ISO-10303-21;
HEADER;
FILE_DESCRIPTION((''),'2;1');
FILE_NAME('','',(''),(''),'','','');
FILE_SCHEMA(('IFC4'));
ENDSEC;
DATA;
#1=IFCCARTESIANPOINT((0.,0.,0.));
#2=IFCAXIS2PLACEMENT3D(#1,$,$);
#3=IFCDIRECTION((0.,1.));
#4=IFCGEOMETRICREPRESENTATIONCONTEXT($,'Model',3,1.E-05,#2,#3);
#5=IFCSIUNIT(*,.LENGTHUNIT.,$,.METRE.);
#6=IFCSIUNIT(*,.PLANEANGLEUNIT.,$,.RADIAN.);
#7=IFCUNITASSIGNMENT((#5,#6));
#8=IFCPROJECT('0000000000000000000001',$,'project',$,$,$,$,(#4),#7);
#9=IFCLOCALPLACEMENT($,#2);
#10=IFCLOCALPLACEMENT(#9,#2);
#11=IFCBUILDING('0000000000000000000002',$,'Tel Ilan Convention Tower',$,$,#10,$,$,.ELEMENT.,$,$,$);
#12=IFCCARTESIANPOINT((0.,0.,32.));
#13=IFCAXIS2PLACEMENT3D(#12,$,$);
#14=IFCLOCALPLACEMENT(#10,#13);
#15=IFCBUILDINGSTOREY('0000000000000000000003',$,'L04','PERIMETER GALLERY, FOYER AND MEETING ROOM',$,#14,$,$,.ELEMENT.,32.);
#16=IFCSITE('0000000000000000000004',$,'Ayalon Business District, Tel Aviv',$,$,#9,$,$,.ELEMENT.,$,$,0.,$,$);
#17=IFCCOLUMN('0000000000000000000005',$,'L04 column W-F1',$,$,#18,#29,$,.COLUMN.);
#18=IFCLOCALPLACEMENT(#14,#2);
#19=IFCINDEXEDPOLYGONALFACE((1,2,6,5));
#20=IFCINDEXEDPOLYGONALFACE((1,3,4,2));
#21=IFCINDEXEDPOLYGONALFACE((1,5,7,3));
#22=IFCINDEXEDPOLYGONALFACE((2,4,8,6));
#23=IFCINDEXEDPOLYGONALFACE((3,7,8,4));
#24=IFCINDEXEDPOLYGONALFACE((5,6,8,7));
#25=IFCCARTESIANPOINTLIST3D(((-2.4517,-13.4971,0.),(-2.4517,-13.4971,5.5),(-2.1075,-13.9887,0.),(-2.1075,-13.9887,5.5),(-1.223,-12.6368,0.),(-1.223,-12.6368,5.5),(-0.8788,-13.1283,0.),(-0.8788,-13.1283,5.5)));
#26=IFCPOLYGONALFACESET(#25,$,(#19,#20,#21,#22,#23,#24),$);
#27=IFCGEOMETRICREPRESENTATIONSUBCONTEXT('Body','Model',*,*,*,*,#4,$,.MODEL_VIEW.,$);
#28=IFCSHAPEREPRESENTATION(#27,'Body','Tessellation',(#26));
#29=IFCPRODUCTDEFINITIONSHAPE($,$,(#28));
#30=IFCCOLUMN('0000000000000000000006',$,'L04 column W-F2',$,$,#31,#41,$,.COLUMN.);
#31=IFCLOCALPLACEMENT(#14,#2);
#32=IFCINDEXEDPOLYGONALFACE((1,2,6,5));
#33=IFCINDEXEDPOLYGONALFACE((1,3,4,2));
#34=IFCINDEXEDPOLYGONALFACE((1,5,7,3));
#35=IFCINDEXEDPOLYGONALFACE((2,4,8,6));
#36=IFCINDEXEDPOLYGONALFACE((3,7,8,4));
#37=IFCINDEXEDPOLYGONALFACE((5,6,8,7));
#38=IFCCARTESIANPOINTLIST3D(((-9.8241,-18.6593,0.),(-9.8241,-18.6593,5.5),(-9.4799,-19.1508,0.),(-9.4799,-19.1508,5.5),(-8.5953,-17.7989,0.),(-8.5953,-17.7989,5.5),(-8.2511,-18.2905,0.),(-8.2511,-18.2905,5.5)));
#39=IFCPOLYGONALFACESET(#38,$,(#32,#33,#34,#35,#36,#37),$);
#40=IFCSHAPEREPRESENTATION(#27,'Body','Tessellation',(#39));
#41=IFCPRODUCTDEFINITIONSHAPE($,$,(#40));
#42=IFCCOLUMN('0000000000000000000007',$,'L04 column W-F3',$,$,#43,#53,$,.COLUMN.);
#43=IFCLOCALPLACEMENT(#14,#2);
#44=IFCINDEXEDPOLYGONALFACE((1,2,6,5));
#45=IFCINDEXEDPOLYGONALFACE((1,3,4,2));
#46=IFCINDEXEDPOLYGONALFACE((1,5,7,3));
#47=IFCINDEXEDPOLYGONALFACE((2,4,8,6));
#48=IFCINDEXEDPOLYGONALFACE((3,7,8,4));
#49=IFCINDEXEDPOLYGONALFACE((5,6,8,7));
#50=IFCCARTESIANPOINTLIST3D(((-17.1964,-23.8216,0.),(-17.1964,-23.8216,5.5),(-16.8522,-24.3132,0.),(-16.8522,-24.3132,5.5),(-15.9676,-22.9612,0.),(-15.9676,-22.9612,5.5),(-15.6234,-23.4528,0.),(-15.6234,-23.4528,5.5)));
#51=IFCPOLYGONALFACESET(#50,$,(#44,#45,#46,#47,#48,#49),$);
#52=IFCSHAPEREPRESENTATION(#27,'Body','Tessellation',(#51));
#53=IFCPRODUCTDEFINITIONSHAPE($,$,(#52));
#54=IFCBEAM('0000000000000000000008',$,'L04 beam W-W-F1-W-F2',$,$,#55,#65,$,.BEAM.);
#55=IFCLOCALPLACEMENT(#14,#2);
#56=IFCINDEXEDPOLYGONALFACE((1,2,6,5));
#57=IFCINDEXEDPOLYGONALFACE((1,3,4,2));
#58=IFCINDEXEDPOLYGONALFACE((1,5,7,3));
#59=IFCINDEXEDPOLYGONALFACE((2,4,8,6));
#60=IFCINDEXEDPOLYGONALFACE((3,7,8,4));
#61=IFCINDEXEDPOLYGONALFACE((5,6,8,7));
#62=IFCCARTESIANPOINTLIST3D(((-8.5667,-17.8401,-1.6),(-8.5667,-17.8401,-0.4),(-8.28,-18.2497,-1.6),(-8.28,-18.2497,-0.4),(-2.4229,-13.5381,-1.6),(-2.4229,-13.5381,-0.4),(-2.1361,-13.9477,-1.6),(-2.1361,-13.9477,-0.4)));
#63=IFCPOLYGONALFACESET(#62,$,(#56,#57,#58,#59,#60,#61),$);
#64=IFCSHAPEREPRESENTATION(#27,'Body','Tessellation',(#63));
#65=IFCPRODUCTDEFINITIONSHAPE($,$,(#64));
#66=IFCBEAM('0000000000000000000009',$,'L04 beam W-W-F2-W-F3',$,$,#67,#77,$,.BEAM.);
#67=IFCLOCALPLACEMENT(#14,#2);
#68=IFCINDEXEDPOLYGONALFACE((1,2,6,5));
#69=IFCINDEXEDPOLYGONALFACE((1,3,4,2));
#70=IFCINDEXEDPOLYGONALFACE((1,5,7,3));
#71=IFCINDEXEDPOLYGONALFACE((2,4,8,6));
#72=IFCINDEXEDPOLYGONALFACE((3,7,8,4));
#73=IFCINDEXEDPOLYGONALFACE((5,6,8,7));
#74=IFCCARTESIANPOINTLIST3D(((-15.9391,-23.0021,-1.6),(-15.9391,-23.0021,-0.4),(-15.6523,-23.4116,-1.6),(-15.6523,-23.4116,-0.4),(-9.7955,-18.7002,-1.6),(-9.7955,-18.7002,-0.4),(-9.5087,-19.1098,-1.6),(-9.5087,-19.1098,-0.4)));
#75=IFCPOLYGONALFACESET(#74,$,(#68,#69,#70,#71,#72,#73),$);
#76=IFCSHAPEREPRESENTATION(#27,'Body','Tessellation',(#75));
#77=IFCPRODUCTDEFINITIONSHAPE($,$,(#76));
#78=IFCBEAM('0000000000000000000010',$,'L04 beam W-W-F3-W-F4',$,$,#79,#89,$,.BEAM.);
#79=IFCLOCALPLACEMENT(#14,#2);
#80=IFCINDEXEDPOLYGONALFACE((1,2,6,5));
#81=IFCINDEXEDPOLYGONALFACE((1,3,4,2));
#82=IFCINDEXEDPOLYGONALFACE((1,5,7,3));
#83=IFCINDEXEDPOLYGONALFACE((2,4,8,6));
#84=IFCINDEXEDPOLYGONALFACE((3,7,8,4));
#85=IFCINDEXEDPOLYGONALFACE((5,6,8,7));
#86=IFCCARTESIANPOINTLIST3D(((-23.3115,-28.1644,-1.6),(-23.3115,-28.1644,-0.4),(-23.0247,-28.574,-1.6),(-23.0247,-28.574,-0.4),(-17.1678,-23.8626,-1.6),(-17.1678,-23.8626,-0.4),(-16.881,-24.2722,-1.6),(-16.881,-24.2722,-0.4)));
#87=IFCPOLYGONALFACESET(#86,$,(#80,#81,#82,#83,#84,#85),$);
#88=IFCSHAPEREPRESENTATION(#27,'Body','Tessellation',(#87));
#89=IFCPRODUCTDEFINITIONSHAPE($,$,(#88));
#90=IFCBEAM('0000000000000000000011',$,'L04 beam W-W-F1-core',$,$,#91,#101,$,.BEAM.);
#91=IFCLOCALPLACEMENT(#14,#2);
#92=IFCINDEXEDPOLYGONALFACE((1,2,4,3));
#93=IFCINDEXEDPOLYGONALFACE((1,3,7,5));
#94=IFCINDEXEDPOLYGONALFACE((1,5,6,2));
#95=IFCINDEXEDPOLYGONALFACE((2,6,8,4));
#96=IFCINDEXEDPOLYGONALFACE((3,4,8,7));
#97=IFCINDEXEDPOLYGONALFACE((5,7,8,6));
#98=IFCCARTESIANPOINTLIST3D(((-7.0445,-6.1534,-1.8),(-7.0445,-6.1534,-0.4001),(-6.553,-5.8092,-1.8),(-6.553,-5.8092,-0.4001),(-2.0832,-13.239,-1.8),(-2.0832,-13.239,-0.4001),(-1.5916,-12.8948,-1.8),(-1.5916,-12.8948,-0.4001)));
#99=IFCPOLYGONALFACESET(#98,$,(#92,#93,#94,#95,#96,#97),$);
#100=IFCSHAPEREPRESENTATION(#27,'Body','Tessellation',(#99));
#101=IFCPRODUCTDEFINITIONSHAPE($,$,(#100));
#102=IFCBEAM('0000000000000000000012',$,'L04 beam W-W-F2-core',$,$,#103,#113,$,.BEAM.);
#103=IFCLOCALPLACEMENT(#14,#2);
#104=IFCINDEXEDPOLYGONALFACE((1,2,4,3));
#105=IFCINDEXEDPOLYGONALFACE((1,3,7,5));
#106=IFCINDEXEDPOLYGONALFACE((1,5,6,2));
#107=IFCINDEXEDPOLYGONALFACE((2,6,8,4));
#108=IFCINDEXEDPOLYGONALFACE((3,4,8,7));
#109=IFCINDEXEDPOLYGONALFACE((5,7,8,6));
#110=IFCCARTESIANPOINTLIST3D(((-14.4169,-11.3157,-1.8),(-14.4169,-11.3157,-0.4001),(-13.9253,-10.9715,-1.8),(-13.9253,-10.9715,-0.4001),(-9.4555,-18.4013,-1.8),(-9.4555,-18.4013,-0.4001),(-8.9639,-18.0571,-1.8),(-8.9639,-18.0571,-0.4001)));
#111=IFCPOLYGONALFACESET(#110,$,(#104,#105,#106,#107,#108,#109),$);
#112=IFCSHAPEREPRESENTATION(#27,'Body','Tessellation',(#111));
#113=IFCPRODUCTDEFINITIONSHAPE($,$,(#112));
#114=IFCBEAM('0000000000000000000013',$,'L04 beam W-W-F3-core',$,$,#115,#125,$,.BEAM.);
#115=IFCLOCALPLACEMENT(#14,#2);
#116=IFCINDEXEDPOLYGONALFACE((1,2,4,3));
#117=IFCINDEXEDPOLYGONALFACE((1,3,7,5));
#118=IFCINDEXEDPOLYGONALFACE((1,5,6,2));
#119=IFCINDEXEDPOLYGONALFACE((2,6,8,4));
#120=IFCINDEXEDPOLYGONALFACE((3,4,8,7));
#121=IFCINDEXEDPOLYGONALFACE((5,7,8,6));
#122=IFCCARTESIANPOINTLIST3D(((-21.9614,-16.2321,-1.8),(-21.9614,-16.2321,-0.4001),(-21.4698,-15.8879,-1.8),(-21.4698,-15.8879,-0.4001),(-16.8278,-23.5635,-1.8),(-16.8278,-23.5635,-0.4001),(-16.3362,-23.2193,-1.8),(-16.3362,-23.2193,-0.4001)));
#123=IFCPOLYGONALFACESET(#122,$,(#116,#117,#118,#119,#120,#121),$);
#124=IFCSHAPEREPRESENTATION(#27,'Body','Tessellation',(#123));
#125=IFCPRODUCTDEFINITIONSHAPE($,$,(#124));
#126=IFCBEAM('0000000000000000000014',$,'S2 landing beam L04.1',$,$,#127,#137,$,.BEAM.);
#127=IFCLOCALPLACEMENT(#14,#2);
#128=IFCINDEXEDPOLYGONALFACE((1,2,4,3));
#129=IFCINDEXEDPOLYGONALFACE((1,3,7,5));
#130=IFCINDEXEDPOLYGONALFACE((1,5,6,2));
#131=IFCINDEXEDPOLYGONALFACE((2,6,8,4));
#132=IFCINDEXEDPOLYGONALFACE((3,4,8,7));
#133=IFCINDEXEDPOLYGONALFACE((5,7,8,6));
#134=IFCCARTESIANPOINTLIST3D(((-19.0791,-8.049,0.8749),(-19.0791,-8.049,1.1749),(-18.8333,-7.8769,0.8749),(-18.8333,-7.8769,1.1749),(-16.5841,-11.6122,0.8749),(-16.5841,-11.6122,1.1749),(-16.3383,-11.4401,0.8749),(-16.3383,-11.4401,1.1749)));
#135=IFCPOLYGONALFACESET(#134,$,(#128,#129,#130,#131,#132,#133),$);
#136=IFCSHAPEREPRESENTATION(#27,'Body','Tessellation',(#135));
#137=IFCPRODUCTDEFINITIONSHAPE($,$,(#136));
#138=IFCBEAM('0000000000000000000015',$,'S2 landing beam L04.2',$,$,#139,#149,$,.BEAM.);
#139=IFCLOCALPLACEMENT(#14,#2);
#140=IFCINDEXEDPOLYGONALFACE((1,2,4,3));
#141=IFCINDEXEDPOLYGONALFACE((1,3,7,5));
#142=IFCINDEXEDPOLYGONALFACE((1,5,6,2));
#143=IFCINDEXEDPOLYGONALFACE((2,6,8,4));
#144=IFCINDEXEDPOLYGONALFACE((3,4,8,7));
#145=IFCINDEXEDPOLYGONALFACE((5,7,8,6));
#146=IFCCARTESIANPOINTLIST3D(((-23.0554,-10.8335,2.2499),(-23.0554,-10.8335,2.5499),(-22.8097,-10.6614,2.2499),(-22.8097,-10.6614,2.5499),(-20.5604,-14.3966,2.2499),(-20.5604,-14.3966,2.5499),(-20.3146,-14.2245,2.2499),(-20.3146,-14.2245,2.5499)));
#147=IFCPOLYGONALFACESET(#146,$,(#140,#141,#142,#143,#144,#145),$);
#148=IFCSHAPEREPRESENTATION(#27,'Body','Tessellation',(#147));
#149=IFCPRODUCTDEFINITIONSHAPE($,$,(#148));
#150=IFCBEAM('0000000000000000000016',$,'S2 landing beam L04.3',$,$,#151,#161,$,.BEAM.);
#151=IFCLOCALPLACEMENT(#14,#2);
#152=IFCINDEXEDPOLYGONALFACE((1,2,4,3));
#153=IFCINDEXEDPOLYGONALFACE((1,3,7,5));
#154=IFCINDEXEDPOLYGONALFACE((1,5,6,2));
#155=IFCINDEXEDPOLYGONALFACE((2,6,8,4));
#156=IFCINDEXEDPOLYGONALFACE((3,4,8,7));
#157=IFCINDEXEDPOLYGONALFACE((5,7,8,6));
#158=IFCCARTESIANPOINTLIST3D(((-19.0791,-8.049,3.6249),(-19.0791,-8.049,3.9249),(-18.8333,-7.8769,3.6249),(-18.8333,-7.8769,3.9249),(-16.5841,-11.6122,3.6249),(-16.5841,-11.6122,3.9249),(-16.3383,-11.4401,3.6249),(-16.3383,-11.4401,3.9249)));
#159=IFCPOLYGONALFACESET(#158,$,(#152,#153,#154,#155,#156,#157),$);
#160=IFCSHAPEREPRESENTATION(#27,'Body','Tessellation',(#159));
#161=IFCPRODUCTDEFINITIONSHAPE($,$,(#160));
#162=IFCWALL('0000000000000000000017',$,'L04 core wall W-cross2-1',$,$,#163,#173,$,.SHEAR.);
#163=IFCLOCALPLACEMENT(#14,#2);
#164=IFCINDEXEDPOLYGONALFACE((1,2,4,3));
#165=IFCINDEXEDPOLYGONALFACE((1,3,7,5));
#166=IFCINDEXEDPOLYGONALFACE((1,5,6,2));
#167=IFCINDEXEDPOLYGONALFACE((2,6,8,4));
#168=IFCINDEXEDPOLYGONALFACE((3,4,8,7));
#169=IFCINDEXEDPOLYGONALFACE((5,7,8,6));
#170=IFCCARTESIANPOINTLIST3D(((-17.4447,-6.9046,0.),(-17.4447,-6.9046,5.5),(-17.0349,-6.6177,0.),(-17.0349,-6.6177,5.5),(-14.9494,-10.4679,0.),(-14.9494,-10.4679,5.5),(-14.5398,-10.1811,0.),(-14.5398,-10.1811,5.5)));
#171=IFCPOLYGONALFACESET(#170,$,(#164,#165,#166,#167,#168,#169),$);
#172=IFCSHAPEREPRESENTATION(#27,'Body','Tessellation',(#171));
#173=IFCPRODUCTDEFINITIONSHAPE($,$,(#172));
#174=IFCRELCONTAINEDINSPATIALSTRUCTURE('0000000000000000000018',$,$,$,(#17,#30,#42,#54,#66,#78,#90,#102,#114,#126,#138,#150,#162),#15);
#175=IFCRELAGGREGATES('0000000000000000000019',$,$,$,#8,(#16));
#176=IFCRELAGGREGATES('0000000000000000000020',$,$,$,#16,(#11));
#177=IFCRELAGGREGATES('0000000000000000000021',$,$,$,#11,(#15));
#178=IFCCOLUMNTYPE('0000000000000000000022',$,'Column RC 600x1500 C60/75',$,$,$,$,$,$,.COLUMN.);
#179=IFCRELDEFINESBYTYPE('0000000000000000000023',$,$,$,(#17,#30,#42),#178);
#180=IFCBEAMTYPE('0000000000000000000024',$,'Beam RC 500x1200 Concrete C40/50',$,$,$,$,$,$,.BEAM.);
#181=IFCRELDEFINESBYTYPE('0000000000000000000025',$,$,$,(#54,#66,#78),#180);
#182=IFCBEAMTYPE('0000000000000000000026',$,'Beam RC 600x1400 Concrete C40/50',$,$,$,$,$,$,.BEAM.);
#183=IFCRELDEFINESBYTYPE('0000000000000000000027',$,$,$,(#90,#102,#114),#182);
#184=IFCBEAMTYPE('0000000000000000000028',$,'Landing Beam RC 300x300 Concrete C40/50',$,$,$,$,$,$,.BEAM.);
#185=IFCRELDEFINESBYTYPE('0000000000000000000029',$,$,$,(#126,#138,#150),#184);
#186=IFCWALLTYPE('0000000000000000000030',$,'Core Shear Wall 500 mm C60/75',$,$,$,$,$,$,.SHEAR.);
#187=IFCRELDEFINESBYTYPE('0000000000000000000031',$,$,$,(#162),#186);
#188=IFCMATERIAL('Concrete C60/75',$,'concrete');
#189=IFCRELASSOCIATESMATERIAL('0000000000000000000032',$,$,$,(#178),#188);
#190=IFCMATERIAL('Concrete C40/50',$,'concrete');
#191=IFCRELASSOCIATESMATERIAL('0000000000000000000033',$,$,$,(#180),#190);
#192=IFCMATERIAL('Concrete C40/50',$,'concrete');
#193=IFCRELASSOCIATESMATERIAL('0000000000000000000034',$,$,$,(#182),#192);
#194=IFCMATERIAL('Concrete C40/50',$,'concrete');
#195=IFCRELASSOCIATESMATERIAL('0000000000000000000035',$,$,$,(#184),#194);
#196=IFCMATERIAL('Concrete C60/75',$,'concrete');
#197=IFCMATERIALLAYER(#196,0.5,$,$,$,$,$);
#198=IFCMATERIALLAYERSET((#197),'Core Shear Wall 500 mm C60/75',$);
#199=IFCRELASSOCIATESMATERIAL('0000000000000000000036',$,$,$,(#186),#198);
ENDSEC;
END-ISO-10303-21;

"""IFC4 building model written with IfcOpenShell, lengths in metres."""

from ifc_helpers import new_model, si_unit, direction, frame, origin, origin_2d, place, context, subcontext, project, spatial, polyline, rectangle, outline, extrude, material, layer, layer_set, material_profile, profile_set, type_object, element, save


model = new_model("IFC4")

# Units and contexts
model_context = context("Model", 3, precision=1e-05, world=origin(), true_north=direction((0.0, 1.0)))
body_context = subcontext(model_context, "Body", "Model", "MODEL_VIEW")
ifc_project = project(units=[si_unit("LENGTHUNIT", "METRE"), si_unit("PLANEANGLEUNIT", "RADIAN")], contexts=[model_context])

# Site, building, storey
site_placement = place(None, origin())
site = spatial("IfcSite", under=ifc_project, at=site_placement, Name="Ayalon Business District, Tel Aviv", CompositionType="ELEMENT", RefElevation=0.0)
building_placement = place(site_placement, origin())
building = spatial("IfcBuilding", under=site, at=building_placement, Name="Tel Ilan Convention Tower", CompositionType="ELEMENT")
storey_placement = place(building_placement, frame((0.0, 0.0, 32.0)))
storey = spatial("IfcBuildingStorey", under=building, at=storey_placement, Name="L04", Description="PERIMETER GALLERY, FOYER AND MEETING ROOM", CompositionType="ELEMENT", Elevation=32.0)

# Columns
ifc_material_1 = material(Name="Concrete C60/75", Category="concrete")
ifc_material_profile_1 = material_profile(ifc_material_1, rectangle(XDim=1.5, YDim=0.6001, at=origin_2d()), Name="RC 600x1500")
ifc_profile_set_1 = profile_set([ifc_material_profile_1], Name="Concrete C60/75")
column_type = type_object("IfcColumnType", Name="Column RC 600x1500 C60/75", PredefinedType="COLUMN", material=ifc_profile_set_1)
for number, where, z_axis, x_axis, name in (
    (1, (-1.6653, -13.3127, 0.0), (0.0, 0.0, 1.0), (-0.819152, -0.573576, 0.0), "L04 column W-F1"),
    (2, (-9.0376, -18.4749, 0.0), (0.0, 0.0, 1.0), (-0.819152, -0.573576, 0.0), "L04 column W-F2"),
    (3, (-16.4099, -23.6372, 0.0), (0.0, 0.0, 1.0), (-0.819152, -0.573576, 0.0), "L04 column W-F3"),
):
    element("IfcColumn", number, at=place(storey_placement, frame(where, z_axis=z_axis, x_axis=x_axis)), inside=storey, type_object=column_type, Name=name, PredefinedType="COLUMN", context=body_context, shape_type="SweptSolid", body=[
        extrude(rectangle(XDim=1.5, YDim=0.6001, at=origin_2d()), origin(), (0.0, 0.0, 1.0), 5.5),
    ])

# Beams
ifc_material_2 = material(Name="Concrete C40/50", Category="concrete")
ifc_material_profile_2 = material_profile(ifc_material_2, rectangle(XDim=0.5, YDim=1.2, at=origin_2d()), Name="RC 500x1200")
ifc_profile_set_2 = profile_set([ifc_material_profile_2], Name="Concrete C40/50")
beam_type_1 = type_object("IfcBeamType", Name="Beam RC 500x1200 Concrete C40/50", PredefinedType="BEAM", material=ifc_profile_set_2)
beam_1_placement = place(storey_placement, frame((-2.2795, -13.7429, -1.0), z_axis=(-0.819148, -0.573582, 0.0), x_axis=(0.573582, -0.819148, 0.0)))
element("IfcBeam", 4, at=beam_1_placement, inside=storey, type_object=beam_type_1, Name="L04 beam W-W-F1-W-F2", PredefinedType="BEAM", context=body_context, shape_type="SweptSolid", body=[
    extrude(rectangle(XDim=0.5, YDim=1.2, at=origin_2d()), origin(), (0.0, 0.0, 1.0), 7.5002),
])
for number, where, z_axis, x_axis, name in (
    (5, (-9.6521, -18.905, -1.0), (-0.819152, -0.573576, 0.0), (0.573576, -0.819152, 0.0), "L04 beam W-W-F2-W-F3"),
    (6, (-17.0244, -24.0674, -1.0), (-0.819152, -0.573576, 0.0), (0.573576, -0.819152, 0.0), "L04 beam W-W-F3-W-F4"),
):
    element("IfcBeam", number, at=place(storey_placement, frame(where, z_axis=z_axis, x_axis=x_axis)), inside=storey, type_object=beam_type_1, Name=name, PredefinedType="BEAM", context=body_context, shape_type="SweptSolid", body=[
        extrude(rectangle(XDim=0.5, YDim=1.2, at=origin_2d()), origin(), (0.0, 0.0, 1.0), 7.5),
    ])
ifc_material_3 = material(Name="Concrete C40/50", Category="concrete")
ifc_material_profile_3 = material_profile(ifc_material_3, rectangle(XDim=0.6001, YDim=1.3999, at=origin_2d()), Name="RC 600x1400")
ifc_profile_set_3 = profile_set([ifc_material_profile_3], Name="Concrete C40/50")
beam_type_2 = type_object("IfcBeamType", Name="Beam RC 600x1400 Concrete C40/50", PredefinedType="BEAM", material=ifc_profile_set_3)
for number, where, z_axis, x_axis, name in (
    (7, (-1.8374, -13.0669, -1.1001), (-0.573574, 0.819154, 0.0), (-0.819154, -0.573574, 0.0), "L04 beam W-W-F1-core"),
    (8, (-9.2097, -18.2292, -1.1001), (-0.573574, 0.819154, 0.0), (-0.819154, -0.573574, 0.0), "L04 beam W-W-F2-core"),
):
    element("IfcBeam", number, at=place(storey_placement, frame(where, z_axis=z_axis, x_axis=x_axis)), inside=storey, type_object=beam_type_2, Name=name, PredefinedType="BEAM", context=body_context, shape_type="SweptSolid", body=[
        extrude(rectangle(XDim=0.6001, YDim=1.3999, at=origin_2d()), origin(), (0.0, 0.0, 1.0), 8.6499),
    ])
beam_2_placement = place(storey_placement, frame((-16.582, -23.3914, -1.1001), z_axis=(-0.573585, 0.819146, 0.0), x_axis=(-0.819146, -0.573585, 0.0)))
element("IfcBeam", 9, at=beam_2_placement, inside=storey, type_object=beam_type_2, Name="L04 beam W-W-F3-core", PredefinedType="BEAM", context=body_context, shape_type="SweptSolid", body=[
    extrude(rectangle(XDim=0.6001, YDim=1.3999, at=origin_2d()), origin(), (0.0, 0.0, 1.0), 8.95),
])
ifc_material_4 = material(Name="Concrete C40/50", Category="concrete")
ifc_material_profile_4 = material_profile(ifc_material_4, rectangle(XDim=0.3, YDim=0.3, at=origin_2d()), Name="RC 300x300")
ifc_profile_set_4 = profile_set([ifc_material_profile_4], Name="Concrete C40/50")
beam_type_3 = type_object("IfcBeamType", Name="Landing Beam RC 300x300 Concrete C40/50", PredefinedType="BEAM", material=ifc_profile_set_4)
for number, where, z_axis, x_axis, name in (
    (10, (-16.4612, -11.5261, 1.0249), (-0.573594, 0.81914, 0.0), (-0.81914, -0.573594, 0.0), "S2 landing beam L04.1"),
    (11, (-20.4375, -14.3105, 2.3999), (-0.573594, 0.81914, 0.0), (-0.81914, -0.573594, 0.0), "S2 landing beam L04.2"),
    (12, (-16.4612, -11.5261, 3.7749), (-0.573594, 0.81914, 0.0), (-0.81914, -0.573594, 0.0), "S2 landing beam L04.3"),
):
    element("IfcBeam", number, at=place(storey_placement, frame(where, z_axis=z_axis, x_axis=x_axis)), inside=storey, type_object=beam_type_3, Name=name, PredefinedType="BEAM", context=body_context, shape_type="SweptSolid", body=[
        extrude(rectangle(XDim=0.3, YDim=0.3, at=origin_2d()), origin(), (0.0, 0.0, 1.0), 4.3499),
    ])

# Wall
ifc_material_5 = material(Name="Concrete C60/75", Category="concrete")
ifc_layer_1 = layer(ifc_material_5, 0.5)
ifc_layer_set_1 = layer_set([ifc_layer_1], Name="Core Shear Wall 500 mm C60/75")
wall_type_1 = type_object("IfcWallType", Name="Core Shear Wall 500 mm C60/75", PredefinedType="SHEAR", material=ifc_layer_set_1)
wall_1_placement = place(storey_placement, frame((-14.7446, -10.3245, 0.0), z_axis=(0.0, 0.0, 1.0), x_axis=(-0.573568, 0.819158, 0.0)))
element("IfcWall", 13, at=wall_1_placement, inside=storey, type_object=wall_type_1, Name="L04 core wall W-cross2-1", PredefinedType="SHEAR", context=body_context, shape_type="SweptSolid", body=[
    extrude(outline(polyline([(4.3501, 0.2502), (0.0, 0.25), (0.0, -0.25), (4.3501, -0.25), (4.3501, 0.2502)])), origin(), (0.0, 0.0, 1.0), 5.5),
])

save(model, "model.ifc")
